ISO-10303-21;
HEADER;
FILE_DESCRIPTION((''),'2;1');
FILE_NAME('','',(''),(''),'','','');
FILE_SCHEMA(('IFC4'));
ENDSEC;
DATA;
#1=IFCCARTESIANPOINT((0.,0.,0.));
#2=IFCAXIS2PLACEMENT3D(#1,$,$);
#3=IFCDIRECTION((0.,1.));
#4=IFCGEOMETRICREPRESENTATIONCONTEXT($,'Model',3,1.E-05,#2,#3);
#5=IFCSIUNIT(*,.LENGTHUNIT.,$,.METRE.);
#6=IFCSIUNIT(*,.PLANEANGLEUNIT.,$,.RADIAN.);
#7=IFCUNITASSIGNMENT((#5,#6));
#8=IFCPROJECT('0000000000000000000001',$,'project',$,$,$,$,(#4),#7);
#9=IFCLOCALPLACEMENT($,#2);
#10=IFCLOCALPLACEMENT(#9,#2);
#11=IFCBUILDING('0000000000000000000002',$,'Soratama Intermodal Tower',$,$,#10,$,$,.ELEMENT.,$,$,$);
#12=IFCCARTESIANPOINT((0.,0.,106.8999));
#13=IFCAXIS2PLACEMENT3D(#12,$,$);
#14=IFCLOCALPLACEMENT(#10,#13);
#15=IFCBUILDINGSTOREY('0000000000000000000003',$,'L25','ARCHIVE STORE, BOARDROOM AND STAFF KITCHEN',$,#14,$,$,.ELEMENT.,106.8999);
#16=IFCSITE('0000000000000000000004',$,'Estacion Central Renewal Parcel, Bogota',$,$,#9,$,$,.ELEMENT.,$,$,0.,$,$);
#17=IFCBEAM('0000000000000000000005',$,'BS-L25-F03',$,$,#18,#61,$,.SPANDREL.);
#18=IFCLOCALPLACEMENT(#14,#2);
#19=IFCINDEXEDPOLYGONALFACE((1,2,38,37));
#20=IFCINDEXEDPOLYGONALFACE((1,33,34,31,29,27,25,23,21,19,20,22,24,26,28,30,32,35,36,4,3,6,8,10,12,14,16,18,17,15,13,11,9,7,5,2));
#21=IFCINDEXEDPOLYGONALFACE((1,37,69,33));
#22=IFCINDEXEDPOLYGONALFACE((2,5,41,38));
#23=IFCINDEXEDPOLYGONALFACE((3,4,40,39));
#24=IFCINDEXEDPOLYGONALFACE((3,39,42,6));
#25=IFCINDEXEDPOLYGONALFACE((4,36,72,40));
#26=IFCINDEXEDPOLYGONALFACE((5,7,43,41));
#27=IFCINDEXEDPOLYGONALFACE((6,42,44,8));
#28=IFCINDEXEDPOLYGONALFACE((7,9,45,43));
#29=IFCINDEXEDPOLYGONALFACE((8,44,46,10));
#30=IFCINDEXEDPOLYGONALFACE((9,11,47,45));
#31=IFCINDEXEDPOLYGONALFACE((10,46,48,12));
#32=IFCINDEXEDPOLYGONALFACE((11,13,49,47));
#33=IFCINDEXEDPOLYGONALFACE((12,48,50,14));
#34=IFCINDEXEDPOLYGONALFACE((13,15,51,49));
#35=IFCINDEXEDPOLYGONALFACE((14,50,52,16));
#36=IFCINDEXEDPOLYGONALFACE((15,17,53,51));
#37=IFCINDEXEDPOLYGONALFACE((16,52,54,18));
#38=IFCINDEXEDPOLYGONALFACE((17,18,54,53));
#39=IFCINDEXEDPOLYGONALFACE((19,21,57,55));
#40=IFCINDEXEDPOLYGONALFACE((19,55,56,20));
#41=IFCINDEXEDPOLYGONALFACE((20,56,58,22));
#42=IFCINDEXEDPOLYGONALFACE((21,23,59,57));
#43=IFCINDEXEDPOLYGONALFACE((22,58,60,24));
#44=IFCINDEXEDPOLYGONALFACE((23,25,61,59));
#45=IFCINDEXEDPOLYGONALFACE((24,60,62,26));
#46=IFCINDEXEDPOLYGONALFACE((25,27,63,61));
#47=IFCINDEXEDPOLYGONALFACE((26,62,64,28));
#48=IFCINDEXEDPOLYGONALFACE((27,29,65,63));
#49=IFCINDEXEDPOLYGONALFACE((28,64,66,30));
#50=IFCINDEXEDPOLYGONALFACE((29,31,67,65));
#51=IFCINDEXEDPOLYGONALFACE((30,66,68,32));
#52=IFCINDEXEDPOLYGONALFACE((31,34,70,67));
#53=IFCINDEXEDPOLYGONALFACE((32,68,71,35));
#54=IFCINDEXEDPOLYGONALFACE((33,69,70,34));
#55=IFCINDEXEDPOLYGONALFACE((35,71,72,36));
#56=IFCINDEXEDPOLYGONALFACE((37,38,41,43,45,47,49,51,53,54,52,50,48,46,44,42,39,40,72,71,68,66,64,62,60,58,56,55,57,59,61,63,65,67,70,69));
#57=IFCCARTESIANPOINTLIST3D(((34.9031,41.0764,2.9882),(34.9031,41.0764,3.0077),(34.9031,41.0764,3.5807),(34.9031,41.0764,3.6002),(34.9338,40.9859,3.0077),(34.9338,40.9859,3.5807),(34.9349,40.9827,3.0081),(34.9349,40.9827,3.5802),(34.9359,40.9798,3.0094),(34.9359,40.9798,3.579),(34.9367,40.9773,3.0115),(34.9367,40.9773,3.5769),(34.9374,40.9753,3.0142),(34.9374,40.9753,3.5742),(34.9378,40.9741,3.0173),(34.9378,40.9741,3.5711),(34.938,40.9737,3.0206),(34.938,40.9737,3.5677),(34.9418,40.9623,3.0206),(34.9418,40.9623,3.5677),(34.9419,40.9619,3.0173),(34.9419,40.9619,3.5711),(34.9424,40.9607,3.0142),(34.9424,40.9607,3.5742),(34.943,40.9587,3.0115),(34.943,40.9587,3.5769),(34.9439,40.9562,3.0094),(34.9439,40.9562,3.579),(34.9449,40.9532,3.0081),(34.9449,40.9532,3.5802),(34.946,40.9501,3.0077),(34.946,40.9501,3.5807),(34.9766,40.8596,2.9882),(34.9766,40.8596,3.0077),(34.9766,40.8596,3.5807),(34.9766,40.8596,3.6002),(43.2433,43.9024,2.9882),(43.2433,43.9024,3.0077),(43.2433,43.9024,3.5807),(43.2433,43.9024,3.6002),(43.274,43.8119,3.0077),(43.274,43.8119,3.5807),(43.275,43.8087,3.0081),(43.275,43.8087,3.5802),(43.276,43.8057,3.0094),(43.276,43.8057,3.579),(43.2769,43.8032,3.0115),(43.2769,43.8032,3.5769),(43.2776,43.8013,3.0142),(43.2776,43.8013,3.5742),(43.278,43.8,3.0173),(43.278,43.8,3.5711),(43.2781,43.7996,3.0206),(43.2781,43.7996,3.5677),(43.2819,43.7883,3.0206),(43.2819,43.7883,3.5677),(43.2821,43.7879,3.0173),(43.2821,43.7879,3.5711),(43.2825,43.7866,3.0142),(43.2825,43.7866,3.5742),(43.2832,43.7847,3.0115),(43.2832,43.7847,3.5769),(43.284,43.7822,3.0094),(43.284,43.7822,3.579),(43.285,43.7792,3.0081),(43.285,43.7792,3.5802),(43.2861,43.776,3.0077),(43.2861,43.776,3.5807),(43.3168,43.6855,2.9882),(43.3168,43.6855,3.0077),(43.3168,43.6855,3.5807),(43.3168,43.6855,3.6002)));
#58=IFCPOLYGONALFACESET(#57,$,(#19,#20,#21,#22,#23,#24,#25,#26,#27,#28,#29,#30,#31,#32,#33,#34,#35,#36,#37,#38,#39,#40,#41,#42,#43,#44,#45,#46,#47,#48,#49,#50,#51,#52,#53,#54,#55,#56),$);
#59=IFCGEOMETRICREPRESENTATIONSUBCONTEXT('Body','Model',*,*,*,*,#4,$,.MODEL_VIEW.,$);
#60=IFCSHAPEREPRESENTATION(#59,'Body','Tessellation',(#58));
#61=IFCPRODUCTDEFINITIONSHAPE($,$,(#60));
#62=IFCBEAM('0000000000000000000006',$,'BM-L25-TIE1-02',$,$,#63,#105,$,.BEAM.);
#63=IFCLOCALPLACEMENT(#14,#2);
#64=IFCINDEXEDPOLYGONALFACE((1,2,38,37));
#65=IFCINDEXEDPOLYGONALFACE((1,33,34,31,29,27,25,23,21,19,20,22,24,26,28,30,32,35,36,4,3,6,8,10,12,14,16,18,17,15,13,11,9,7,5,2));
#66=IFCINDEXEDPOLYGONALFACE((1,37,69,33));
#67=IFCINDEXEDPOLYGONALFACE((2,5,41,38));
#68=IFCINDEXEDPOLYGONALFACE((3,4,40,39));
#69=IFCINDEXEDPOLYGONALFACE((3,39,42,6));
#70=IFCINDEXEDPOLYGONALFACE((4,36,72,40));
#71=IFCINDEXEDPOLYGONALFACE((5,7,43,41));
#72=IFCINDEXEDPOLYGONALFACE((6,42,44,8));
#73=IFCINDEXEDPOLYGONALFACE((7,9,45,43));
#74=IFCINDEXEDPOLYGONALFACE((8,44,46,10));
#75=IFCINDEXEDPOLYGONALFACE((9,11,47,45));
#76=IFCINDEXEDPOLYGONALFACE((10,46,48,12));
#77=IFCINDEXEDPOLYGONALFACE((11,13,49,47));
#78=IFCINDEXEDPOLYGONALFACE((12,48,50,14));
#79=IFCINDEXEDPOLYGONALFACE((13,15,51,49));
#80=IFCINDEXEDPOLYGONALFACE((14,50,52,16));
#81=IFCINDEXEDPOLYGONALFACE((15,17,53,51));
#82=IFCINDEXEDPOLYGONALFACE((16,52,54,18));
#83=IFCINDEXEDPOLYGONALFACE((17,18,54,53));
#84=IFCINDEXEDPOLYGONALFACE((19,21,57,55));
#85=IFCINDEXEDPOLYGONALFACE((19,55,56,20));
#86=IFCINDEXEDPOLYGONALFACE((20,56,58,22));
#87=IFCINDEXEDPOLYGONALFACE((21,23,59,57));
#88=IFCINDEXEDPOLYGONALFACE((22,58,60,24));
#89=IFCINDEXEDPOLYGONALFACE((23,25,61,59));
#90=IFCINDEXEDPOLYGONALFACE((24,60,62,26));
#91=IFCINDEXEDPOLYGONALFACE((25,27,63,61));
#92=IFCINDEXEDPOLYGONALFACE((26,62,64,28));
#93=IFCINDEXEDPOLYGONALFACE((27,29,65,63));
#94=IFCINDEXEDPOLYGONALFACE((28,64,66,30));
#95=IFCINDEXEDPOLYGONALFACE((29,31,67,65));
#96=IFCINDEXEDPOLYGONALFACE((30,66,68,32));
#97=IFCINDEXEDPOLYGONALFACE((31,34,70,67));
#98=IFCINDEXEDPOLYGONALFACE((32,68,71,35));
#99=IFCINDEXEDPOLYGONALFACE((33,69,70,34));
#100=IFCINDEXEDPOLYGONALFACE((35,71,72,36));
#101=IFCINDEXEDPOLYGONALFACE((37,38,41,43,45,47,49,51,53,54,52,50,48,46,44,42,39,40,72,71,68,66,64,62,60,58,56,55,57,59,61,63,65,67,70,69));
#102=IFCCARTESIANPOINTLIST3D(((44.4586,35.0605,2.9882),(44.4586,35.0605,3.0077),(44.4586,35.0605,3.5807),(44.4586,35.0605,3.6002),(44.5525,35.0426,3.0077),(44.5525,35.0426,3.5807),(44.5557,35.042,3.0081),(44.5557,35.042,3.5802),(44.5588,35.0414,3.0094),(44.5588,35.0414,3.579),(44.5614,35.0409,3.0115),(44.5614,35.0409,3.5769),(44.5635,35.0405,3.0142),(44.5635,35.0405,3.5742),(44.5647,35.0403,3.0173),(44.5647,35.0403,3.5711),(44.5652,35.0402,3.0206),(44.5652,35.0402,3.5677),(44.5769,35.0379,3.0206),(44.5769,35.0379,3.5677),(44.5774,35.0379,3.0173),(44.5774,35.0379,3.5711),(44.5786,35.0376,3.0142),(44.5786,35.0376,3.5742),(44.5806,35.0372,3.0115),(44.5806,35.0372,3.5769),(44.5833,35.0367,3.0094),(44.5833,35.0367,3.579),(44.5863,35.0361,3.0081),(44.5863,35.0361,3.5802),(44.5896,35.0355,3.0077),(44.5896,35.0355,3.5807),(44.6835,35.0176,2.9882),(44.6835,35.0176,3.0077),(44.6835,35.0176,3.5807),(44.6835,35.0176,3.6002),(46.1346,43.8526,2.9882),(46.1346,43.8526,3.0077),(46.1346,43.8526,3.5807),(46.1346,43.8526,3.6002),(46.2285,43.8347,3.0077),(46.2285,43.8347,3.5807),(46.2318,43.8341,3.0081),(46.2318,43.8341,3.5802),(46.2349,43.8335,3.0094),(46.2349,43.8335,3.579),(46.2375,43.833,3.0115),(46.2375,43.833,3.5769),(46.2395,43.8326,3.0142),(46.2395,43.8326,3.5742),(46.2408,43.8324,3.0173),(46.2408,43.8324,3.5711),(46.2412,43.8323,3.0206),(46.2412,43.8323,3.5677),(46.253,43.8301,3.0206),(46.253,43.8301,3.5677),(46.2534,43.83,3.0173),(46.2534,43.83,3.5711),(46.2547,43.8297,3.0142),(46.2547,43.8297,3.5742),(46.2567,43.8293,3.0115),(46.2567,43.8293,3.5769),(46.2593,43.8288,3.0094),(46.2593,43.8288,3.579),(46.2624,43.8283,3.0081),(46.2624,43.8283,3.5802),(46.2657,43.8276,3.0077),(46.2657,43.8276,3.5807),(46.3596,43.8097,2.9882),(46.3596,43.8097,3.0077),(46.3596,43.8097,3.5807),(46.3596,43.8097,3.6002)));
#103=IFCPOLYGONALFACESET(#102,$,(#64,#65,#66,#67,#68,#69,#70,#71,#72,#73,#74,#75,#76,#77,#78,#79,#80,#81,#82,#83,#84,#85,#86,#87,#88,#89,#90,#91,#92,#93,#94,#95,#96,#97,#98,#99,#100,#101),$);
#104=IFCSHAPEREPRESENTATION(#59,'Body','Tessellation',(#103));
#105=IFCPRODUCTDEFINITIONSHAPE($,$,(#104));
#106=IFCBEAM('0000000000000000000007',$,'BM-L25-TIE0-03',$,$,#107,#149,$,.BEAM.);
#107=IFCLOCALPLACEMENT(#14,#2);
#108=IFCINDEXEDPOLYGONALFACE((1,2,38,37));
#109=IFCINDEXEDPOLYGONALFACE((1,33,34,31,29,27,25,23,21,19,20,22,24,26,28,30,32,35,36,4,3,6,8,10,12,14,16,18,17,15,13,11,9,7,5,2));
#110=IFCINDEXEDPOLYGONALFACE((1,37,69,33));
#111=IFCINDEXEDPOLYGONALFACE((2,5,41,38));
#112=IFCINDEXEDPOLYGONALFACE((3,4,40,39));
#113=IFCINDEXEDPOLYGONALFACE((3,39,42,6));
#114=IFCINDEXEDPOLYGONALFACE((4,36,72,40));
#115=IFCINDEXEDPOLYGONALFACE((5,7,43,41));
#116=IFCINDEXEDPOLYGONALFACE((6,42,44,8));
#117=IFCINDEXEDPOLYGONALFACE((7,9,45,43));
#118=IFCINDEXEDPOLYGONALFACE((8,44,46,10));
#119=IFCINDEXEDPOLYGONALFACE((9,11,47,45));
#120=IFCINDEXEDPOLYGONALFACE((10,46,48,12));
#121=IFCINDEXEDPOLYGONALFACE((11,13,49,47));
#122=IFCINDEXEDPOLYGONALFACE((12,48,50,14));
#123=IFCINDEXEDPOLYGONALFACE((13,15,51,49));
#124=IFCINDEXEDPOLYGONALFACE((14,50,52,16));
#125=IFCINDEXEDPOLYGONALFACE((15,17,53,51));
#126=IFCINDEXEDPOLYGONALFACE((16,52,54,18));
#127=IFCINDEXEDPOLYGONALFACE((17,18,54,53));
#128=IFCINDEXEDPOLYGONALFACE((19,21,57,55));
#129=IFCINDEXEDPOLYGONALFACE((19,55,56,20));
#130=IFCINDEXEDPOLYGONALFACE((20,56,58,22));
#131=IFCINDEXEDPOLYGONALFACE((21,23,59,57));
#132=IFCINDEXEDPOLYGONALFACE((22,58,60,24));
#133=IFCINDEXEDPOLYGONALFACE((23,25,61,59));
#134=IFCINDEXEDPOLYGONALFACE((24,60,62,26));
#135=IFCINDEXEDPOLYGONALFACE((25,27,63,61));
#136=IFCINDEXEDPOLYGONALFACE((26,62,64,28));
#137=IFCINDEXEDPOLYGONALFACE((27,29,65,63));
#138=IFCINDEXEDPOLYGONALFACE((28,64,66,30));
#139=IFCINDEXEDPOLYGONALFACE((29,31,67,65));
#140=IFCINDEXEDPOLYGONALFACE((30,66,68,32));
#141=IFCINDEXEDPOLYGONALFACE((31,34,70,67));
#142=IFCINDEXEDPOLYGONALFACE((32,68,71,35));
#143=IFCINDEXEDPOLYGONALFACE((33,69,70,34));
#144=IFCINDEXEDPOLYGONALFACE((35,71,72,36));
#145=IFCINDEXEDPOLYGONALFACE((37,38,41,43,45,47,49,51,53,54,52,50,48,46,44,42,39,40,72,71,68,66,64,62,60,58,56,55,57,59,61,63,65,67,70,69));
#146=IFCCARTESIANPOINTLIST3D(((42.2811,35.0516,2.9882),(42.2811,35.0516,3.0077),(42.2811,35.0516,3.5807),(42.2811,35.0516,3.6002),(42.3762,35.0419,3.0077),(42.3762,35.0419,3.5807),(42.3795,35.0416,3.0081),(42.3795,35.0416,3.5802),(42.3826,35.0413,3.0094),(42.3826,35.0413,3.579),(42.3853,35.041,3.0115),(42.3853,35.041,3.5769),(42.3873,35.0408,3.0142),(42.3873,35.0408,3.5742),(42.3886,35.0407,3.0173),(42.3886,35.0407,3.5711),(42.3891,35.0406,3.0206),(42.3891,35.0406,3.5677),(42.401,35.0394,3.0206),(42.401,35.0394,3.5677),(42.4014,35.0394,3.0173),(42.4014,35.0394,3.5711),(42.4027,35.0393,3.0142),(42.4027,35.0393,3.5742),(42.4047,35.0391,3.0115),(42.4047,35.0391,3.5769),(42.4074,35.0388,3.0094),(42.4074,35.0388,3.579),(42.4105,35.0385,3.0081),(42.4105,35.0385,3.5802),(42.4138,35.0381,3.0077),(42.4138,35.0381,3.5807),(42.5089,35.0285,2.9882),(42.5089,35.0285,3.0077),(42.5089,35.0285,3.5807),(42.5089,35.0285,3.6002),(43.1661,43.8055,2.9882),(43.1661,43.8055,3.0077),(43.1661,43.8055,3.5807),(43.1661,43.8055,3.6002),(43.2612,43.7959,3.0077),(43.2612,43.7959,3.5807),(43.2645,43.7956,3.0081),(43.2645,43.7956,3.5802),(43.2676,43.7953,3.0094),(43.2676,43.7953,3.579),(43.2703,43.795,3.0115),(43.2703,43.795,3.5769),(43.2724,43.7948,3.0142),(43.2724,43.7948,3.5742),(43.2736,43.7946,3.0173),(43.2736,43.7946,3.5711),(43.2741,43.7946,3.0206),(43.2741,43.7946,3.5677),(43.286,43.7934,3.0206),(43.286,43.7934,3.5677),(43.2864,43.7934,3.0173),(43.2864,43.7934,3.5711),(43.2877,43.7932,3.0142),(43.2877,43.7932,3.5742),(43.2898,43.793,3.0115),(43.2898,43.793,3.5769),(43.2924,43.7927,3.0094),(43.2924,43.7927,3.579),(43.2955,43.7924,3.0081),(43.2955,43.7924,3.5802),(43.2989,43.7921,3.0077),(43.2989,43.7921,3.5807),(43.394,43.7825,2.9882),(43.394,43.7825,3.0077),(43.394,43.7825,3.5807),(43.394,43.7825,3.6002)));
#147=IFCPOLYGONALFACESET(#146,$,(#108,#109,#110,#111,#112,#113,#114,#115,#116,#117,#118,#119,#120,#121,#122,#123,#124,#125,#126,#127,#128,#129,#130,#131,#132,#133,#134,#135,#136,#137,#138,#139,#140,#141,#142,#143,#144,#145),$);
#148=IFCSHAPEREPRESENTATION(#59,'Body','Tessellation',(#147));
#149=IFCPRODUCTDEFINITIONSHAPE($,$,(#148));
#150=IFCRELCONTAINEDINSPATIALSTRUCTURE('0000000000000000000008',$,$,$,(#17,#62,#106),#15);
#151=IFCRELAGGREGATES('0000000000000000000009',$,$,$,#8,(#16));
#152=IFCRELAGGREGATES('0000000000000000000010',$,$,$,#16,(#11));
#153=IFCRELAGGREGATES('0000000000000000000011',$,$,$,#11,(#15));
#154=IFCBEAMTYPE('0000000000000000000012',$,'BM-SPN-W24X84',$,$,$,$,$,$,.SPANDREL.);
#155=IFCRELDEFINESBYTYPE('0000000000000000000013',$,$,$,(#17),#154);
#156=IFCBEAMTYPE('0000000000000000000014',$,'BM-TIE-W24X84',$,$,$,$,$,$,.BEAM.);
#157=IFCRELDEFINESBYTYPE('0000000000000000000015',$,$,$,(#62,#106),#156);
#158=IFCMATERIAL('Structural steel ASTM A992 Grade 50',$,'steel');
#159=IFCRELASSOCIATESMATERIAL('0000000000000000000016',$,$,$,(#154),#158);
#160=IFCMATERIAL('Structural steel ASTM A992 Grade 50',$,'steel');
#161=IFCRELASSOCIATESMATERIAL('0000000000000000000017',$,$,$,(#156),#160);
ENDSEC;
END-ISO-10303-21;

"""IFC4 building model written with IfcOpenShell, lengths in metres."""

from ifc_helpers import new_model, si_unit, direction, frame, origin, origin_2d, place, context, subcontext, project, spatial, i_section, extrude, material, material_profile, profile_set, type_object, element, save


model = new_model("IFC4")

# Units and contexts
model_context = context("Model", 3, precision=1e-05, world=origin(), true_north=direction((0.0, 1.0)))
body_context = subcontext(model_context, "Body", "Model", "MODEL_VIEW")
ifc_project = project(units=[si_unit("LENGTHUNIT", "METRE"), si_unit("PLANEANGLEUNIT", "RADIAN")], contexts=[model_context])

# Site, building, storey
site_placement = place(None, origin())
site = spatial("IfcSite", under=ifc_project, at=site_placement, Name="Estacion Central Renewal Parcel, Bogota", CompositionType="ELEMENT", RefElevation=0.0)
building_placement = place(site_placement, origin())
building = spatial("IfcBuilding", under=site, at=building_placement, Name="Soratama Intermodal Tower", CompositionType="ELEMENT")
storey_placement = place(building_placement, frame((0.0, 0.0, 106.8999)))
storey = spatial("IfcBuildingStorey", under=building, at=storey_placement, Name="L25", Description="ARCHIVE STORE, BOARDROOM AND STAFF KITCHEN", CompositionType="ELEMENT", Elevation=106.8999)

# Beams
ifc_material_1 = material(Name="Structural steel ASTM A992 Grade 50", Category="steel")
ifc_material_profile_1 = material_profile(ifc_material_1, i_section(OverallWidth=0.229, OverallDepth=0.6121, WebThickness=0.012, FlangeThickness=0.0195, FilletRadius=0.0129, at=origin_2d()), Name="W24X84")
ifc_profile_set_1 = profile_set([ifc_material_profile_1], Name="Structural steel ASTM A992 Grade 50")
beam_type_1 = type_object("IfcBeamType", Name="BM-SPN-W24X84", PredefinedType="SPANDREL", material=ifc_profile_set_1)
beam_1_placement = place(storey_placement, frame((43.28, 43.7939, 3.2942), z_axis=(-0.947108, -0.320915, 0.0), x_axis=(0.320915, -0.947108, 0.0)))
element("IfcBeam", 1, at=beam_1_placement, inside=storey, type_object=beam_type_1, Name="BS-L25-F03", PredefinedType="SPANDREL", context=body_context, shape_type="SweptSolid", body=[
    extrude(i_section(OverallWidth=0.229, OverallDepth=0.6121, WebThickness=0.012, FlangeThickness=0.0195, FilletRadius=0.0129, at=origin_2d()), origin(), (0.0, 0.0, 1.0), 8.8059),
])
ifc_material_2 = material(Name="Structural steel ASTM A992 Grade 50", Category="steel")
ifc_material_profile_2 = material_profile(ifc_material_2, i_section(OverallWidth=0.229, OverallDepth=0.6121, WebThickness=0.012, FlangeThickness=0.0195, FilletRadius=0.0129, at=origin_2d()), Name="W24X84")
ifc_profile_set_2 = profile_set([ifc_material_profile_2], Name="Structural steel ASTM A992 Grade 50")
beam_type_2 = type_object("IfcBeamType", Name="BM-TIE-W24X84", PredefinedType="BEAM", material=ifc_profile_set_2)
beam_2_placement = place(storey_placement, frame((44.571, 35.0391, 3.2942), z_axis=(0.187259, 0.982311, 0.0), x_axis=(-0.982311, 0.187259, 0.0)))
element("IfcBeam", 2, at=beam_2_placement, inside=storey, type_object=beam_type_2, Name="BM-L25-TIE1-02", PredefinedType="BEAM", context=body_context, shape_type="SweptSolid", body=[
    extrude(i_section(OverallWidth=0.229, OverallDepth=0.6121, WebThickness=0.012, FlangeThickness=0.0195, FilletRadius=0.0129, at=origin_2d()), origin(), (0.0, 0.0, 1.0), 8.9504),
])
beam_3_placement = place(storey_placement, frame((42.395, 35.04, 3.2942), z_axis=(0.100586, 0.994928, 0.0), x_axis=(-0.994928, 0.100586, 0.0)))
element("IfcBeam", 3, at=beam_3_placement, inside=storey, type_object=beam_type_2, Name="BM-L25-TIE0-03", PredefinedType="BEAM", context=body_context, shape_type="SweptSolid", body=[
    extrude(i_section(OverallWidth=0.229, OverallDepth=0.6121, WebThickness=0.012, FlangeThickness=0.0195, FilletRadius=0.0129, at=origin_2d()), origin(), (0.0, 0.0, 1.0), 8.7986),
])

save(model, "model.ifc")
